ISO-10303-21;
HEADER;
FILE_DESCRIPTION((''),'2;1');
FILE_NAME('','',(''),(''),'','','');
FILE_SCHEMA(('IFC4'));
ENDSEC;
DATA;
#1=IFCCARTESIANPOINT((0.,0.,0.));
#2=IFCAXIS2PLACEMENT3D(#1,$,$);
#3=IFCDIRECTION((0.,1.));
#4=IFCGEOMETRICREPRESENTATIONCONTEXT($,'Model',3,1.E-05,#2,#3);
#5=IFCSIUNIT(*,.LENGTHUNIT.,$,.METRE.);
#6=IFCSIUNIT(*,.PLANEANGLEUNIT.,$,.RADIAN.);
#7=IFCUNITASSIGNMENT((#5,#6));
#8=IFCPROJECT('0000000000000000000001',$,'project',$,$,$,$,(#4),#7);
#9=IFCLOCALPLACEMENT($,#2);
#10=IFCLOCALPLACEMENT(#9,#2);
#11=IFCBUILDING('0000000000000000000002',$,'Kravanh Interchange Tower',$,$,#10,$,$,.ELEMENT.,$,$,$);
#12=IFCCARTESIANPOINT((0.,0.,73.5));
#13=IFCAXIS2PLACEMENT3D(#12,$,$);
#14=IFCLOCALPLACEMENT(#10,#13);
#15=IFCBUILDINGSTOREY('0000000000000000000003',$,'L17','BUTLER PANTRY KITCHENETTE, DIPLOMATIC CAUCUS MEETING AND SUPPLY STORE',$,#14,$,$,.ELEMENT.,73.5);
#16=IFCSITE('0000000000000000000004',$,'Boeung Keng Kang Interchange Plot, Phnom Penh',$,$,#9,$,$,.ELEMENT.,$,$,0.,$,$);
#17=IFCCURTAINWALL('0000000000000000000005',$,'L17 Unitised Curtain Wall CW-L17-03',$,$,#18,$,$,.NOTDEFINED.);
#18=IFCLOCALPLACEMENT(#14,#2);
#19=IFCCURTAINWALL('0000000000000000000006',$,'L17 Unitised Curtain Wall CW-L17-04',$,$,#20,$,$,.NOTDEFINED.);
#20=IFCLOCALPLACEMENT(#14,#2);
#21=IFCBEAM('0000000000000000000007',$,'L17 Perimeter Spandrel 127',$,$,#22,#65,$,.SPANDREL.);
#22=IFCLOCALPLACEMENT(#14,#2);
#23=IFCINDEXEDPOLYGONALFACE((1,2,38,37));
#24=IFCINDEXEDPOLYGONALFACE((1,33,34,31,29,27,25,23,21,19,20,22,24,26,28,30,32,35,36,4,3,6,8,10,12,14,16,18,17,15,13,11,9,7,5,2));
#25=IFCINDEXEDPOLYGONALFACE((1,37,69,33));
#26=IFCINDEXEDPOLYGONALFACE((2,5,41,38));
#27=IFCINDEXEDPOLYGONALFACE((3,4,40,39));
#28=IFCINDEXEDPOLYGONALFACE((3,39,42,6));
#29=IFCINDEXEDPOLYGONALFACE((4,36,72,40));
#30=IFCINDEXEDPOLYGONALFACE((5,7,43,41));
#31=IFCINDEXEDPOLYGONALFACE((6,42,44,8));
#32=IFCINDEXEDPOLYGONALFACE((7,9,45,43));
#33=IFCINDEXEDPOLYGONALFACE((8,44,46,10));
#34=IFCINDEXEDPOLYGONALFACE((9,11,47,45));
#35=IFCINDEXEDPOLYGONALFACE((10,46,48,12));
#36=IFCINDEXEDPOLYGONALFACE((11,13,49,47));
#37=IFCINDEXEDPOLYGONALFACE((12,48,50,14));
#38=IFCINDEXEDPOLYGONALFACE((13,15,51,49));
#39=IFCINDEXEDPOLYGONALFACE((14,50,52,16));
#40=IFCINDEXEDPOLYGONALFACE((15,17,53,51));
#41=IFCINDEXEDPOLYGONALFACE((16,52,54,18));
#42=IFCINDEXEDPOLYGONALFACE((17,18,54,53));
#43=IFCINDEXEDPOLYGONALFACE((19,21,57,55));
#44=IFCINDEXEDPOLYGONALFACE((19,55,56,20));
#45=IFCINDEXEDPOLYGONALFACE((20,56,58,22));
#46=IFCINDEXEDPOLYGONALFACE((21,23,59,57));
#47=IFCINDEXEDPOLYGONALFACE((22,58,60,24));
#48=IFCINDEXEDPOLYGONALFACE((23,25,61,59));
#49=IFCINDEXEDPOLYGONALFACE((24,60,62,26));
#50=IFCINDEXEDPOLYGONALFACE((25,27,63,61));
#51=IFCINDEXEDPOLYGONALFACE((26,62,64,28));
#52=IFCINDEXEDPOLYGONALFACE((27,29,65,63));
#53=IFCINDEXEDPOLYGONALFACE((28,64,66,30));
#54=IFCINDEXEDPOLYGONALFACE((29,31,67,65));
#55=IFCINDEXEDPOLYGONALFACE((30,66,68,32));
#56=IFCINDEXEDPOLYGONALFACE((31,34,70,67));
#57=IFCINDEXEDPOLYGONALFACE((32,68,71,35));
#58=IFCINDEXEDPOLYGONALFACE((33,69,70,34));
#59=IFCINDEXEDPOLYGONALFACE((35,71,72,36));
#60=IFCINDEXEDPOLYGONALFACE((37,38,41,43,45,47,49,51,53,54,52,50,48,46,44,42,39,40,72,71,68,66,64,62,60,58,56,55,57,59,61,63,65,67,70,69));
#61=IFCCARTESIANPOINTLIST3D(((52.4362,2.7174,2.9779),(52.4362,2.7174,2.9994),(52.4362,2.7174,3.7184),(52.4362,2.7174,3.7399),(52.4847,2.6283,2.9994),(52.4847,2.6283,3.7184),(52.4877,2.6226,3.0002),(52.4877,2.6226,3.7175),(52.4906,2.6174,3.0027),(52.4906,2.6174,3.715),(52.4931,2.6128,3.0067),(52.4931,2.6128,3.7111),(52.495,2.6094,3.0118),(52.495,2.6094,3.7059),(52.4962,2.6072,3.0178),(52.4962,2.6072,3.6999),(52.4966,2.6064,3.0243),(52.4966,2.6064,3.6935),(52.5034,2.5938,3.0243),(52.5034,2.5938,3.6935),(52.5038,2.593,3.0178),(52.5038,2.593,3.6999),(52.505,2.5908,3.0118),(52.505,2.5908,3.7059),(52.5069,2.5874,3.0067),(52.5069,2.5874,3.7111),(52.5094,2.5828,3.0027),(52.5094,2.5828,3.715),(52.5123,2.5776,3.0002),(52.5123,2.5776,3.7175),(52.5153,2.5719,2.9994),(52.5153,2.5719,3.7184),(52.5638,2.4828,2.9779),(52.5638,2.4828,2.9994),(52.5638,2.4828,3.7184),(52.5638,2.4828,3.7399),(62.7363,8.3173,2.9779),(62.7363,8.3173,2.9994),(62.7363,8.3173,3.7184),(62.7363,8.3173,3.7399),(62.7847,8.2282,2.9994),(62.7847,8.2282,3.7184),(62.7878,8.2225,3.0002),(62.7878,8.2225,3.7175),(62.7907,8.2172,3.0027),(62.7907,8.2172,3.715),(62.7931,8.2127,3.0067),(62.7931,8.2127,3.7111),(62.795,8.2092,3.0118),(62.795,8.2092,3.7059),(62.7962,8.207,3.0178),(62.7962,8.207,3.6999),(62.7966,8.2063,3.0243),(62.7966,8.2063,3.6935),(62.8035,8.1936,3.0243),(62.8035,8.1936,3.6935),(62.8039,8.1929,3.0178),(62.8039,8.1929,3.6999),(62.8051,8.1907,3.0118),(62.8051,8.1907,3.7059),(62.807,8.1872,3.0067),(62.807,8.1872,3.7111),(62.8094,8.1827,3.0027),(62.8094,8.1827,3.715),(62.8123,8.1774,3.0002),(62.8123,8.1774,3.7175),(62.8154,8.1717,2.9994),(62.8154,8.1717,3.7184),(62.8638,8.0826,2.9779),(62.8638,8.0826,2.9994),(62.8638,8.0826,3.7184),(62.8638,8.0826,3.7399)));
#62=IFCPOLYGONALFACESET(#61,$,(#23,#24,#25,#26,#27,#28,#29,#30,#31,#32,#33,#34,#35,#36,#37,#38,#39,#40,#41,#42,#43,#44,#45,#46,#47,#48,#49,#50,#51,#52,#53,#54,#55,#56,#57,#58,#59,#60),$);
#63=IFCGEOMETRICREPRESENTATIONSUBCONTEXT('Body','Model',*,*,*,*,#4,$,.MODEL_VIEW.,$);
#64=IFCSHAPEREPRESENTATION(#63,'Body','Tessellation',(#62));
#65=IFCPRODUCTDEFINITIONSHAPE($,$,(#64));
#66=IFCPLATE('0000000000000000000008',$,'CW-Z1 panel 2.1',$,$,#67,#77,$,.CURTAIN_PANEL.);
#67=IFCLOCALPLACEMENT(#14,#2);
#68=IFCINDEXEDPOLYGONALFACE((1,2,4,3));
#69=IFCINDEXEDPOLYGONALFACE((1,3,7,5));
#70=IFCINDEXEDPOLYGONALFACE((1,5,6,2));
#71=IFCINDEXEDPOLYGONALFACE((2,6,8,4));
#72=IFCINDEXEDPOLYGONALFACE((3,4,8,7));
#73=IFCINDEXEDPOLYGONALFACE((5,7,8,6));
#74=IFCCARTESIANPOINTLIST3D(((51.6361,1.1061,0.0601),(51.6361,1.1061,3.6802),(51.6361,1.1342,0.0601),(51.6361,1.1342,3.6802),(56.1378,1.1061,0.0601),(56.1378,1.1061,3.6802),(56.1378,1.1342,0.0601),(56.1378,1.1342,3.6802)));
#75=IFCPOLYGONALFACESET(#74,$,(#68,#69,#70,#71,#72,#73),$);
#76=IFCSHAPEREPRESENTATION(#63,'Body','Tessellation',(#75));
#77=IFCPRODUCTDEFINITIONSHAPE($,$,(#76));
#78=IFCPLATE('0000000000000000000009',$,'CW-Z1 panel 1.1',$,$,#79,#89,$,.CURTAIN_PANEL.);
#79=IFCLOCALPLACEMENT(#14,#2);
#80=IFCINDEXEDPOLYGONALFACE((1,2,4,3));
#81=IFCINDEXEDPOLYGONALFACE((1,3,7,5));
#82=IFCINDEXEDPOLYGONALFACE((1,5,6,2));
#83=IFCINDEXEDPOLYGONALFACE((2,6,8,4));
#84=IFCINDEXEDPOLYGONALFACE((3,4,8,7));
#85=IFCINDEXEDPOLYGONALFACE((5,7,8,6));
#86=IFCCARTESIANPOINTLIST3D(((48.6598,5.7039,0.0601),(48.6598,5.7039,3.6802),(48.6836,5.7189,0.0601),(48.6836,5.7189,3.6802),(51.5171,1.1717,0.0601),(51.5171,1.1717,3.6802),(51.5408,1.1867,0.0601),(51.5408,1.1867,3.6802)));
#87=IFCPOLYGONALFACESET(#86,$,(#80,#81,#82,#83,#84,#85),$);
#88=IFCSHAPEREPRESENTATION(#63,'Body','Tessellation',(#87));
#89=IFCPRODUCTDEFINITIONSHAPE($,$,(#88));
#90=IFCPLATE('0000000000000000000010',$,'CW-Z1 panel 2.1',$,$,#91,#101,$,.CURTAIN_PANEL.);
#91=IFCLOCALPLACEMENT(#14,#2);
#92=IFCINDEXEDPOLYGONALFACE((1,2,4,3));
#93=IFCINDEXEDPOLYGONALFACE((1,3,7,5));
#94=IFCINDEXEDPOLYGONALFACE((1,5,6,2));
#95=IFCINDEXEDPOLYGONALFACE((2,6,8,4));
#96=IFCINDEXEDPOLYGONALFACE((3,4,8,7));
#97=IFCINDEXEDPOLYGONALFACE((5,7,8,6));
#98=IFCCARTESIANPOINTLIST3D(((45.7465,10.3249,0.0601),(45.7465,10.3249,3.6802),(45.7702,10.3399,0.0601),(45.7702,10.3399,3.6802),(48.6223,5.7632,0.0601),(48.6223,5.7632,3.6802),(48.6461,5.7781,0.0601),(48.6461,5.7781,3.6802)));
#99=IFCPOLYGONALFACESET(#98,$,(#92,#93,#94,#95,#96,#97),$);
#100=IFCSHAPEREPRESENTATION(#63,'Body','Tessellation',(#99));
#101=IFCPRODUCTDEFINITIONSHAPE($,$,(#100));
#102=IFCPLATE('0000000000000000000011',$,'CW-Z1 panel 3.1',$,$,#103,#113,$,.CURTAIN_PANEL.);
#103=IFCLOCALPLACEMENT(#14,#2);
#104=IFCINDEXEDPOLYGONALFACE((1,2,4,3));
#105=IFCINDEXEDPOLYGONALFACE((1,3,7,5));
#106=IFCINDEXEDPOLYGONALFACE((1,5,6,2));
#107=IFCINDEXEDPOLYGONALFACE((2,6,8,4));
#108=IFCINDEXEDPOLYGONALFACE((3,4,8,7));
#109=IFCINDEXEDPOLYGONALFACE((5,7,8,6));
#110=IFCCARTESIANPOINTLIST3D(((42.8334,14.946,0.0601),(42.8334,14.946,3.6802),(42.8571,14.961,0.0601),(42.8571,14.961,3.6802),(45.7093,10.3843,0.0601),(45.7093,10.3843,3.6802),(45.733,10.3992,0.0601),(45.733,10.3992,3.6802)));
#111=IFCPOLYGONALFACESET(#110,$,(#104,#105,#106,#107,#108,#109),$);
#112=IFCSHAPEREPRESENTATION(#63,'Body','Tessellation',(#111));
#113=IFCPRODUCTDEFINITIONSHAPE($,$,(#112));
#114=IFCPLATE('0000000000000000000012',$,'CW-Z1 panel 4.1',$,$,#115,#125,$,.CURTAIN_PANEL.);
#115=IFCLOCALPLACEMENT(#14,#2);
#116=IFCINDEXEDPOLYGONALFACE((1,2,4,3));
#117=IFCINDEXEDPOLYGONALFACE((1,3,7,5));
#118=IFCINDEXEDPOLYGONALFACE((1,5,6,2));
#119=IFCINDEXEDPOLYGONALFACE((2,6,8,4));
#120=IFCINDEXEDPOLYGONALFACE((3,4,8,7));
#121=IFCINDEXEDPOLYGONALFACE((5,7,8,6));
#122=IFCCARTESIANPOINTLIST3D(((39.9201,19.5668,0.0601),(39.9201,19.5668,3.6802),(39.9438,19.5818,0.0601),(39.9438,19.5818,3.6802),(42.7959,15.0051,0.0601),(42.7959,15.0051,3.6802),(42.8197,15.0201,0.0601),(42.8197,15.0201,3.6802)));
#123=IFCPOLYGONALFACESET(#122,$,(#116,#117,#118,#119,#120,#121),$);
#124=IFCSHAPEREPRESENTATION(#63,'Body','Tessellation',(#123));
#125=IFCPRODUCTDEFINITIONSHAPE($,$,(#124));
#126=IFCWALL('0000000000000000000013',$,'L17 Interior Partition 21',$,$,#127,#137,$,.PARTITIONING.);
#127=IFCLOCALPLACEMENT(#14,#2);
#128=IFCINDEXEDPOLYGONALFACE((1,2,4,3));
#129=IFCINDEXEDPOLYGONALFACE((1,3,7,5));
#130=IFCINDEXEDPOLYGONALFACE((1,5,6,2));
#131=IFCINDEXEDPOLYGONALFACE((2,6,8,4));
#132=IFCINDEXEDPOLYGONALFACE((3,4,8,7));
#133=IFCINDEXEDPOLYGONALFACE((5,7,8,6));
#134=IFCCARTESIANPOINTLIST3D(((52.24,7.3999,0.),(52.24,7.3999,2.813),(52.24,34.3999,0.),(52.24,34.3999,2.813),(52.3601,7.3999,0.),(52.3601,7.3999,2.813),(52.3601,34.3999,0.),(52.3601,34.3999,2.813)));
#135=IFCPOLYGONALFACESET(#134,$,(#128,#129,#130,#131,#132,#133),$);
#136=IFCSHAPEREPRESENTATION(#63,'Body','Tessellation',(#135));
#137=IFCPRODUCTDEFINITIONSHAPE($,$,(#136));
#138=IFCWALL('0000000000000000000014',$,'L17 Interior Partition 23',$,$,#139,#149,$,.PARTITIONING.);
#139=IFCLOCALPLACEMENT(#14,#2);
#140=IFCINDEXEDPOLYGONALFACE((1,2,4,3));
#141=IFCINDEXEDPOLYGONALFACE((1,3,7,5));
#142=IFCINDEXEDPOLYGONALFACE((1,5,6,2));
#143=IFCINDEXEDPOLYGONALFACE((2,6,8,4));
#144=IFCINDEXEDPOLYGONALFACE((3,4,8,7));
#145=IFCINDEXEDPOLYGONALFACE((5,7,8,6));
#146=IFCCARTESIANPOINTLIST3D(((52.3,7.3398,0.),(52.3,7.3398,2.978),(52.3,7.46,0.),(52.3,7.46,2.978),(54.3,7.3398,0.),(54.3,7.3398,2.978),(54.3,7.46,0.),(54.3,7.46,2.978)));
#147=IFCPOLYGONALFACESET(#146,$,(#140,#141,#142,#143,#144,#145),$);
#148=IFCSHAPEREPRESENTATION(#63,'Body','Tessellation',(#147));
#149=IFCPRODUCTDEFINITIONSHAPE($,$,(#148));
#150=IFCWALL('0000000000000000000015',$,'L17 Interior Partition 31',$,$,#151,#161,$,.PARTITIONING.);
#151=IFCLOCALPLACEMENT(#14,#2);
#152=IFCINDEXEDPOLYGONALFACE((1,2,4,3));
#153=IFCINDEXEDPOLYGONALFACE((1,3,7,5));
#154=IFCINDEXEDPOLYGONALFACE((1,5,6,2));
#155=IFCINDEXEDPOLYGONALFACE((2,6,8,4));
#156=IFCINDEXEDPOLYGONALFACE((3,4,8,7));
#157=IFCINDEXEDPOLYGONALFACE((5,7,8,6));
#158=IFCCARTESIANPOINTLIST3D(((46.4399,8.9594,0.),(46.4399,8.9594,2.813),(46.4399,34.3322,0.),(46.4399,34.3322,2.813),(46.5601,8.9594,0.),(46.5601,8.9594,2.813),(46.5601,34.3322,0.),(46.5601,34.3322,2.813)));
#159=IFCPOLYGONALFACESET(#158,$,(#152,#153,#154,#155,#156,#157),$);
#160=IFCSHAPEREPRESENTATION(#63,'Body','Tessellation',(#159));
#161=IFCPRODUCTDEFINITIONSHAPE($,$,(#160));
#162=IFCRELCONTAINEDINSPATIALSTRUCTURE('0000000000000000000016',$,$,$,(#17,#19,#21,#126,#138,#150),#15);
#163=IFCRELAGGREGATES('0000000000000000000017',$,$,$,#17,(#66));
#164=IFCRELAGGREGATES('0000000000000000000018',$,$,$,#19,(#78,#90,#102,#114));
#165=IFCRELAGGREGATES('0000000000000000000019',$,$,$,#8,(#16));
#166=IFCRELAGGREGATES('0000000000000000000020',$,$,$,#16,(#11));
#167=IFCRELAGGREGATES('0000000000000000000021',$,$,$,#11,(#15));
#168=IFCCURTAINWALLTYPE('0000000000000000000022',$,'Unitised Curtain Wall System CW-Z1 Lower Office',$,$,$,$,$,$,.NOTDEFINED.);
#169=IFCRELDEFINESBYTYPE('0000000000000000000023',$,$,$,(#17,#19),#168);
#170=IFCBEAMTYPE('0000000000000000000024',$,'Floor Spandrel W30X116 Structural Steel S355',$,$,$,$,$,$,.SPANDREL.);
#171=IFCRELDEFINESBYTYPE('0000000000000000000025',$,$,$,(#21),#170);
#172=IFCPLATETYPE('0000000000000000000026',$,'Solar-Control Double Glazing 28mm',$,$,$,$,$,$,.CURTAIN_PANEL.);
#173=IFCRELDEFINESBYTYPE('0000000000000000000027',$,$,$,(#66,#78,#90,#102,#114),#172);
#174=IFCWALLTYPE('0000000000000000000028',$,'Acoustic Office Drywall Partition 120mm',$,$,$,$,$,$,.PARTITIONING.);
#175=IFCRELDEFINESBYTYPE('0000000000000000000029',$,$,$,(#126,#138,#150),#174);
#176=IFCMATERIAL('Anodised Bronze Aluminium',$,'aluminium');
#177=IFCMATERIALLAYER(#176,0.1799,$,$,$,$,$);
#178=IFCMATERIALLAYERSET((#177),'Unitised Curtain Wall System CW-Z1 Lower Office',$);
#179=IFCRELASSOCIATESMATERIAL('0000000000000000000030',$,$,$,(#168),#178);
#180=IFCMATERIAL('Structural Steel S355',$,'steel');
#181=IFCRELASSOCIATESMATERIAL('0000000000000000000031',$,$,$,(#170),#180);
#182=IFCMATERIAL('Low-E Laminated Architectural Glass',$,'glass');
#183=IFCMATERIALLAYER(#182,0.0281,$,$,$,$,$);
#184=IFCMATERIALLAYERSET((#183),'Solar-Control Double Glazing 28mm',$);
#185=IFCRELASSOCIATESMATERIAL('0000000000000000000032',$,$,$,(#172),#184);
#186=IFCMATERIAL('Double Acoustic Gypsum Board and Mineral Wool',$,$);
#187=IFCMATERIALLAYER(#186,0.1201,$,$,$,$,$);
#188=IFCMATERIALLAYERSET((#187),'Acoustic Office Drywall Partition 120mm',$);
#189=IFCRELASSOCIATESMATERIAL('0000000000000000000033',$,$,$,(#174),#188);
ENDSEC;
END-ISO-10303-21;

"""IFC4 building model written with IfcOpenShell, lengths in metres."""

from ifc_helpers import new_model, si_unit, direction, frame, frame_2d, origin, origin_2d, place, context, subcontext, project, spatial, rectangle, i_section, extrude, material, layer, layer_set, material_profile, profile_set, type_object, element, aggregate, save


model = new_model("IFC4")

# Units and contexts
model_context = context("Model", 3, precision=1e-05, world=origin(), true_north=direction((0.0, 1.0)))
body_context = subcontext(model_context, "Body", "Model", "MODEL_VIEW")
ifc_project = project(units=[si_unit("LENGTHUNIT", "METRE"), si_unit("PLANEANGLEUNIT", "RADIAN")], contexts=[model_context])

# Site, building, storey
site_placement = place(None, origin())
site = spatial("IfcSite", under=ifc_project, at=site_placement, Name="Boeung Keng Kang Interchange Plot, Phnom Penh", CompositionType="ELEMENT", RefElevation=0.0)
building_placement = place(site_placement, origin())
building = spatial("IfcBuilding", under=site, at=building_placement, Name="Kravanh Interchange Tower", CompositionType="ELEMENT")
storey_placement = place(building_placement, frame((0.0, 0.0, 73.5)))
storey = spatial("IfcBuildingStorey", under=building, at=storey_placement, Name="L17", Description="BUTLER PANTRY KITCHENETTE, DIPLOMATIC CAUCUS MEETING AND SUPPLY STORE", CompositionType="ELEMENT", Elevation=73.5)

# Curtain wall
ifc_material_1 = material(Name="Anodised Bronze Aluminium", Category="aluminium")
ifc_layer_1 = layer(ifc_material_1, 0.1799)
ifc_layer_set_1 = layer_set([ifc_layer_1], Name="Unitised Curtain Wall System CW-Z1 Lower Office")
curtain_wall_type = type_object("IfcCurtainWallType", Name="Unitised Curtain Wall System CW-Z1 Lower Office", PredefinedType="NOTDEFINED", material=ifc_layer_set_1)
curtain_wall_1_placement = place(storey_placement, origin())
curtain_wall_1 = element("IfcCurtainWall", 1, at=curtain_wall_1_placement, inside=storey, type_object=curtain_wall_type, Name="L17 Unitised Curtain Wall CW-L17-03", PredefinedType="NOTDEFINED")

# Curtain wall
curtain_wall_2_placement = place(storey_placement, origin())
curtain_wall_2 = element("IfcCurtainWall", 2, at=curtain_wall_2_placement, inside=storey, type_object=curtain_wall_type, Name="L17 Unitised Curtain Wall CW-L17-04", PredefinedType="NOTDEFINED")

# Beam
ifc_material_2 = material(Name="Structural Steel S355", Category="steel")
ifc_material_profile_1 = material_profile(ifc_material_2, i_section(OverallWidth=0.2671, OverallDepth=0.762, WebThickness=0.0144, FlangeThickness=0.0215, FilletRadius=0.0249, at=origin_2d()), Name="W30X116")
ifc_profile_set_1 = profile_set([ifc_material_profile_1], Name="Structural Steel S355")
beam_type = type_object("IfcBeamType", Name="Floor Spandrel W30X116 Structural Steel S355", PredefinedType="SPANDREL", material=ifc_profile_set_1)
beam_1_placement = place(storey_placement, frame((52.5, 2.6001, 3.3589), z_axis=(0.878553, 0.477645, 0.0), x_axis=(-0.477645, 0.878553, 0.0)))
element("IfcBeam", 3, at=beam_1_placement, inside=storey, type_object=beam_type, Name="L17 Perimeter Spandrel 127", PredefinedType="SPANDREL", context=body_context, shape_type="SweptSolid", body=[
    extrude(i_section(OverallWidth=0.2671, OverallDepth=0.762, WebThickness=0.0144, FlangeThickness=0.0215, FilletRadius=0.0249, at=origin_2d()), origin(), (0.0, 0.0, 1.0), 11.7239),
])

# Plates
ifc_material_3 = material(Name="Low-E Laminated Architectural Glass", Category="glass")
ifc_layer_2 = layer(ifc_material_3, 0.0281)
ifc_layer_set_2 = layer_set([ifc_layer_2], Name="Solar-Control Double Glazing 28mm")
plate_type = type_object("IfcPlateType", Name="Solar-Control Double Glazing 28mm", PredefinedType="CURTAIN_PANEL", material=ifc_layer_set_2)
plate_1_placement = place(storey_placement, frame((53.887, 1.1201, 0.0601), z_axis=(0.0, 0.0, 1.0), x_axis=(-1.0, 0.0, 0.0)))
plate_1 = element("IfcPlate", 4, at=plate_1_placement, type_object=plate_type, Name="CW-Z1 panel 2.1", PredefinedType="CURTAIN_PANEL", context=body_context, shape_type="SweptSolid", body=[
    extrude(rectangle(XDim=4.5017, YDim=0.0281, at=origin_2d()), origin(), (0.0, 0.0, 1.0), 3.6201),
])
aggregate(curtain_wall_1, [plate_1])
plate_2_placement = place(storey_placement, frame((50.1003, 3.4453, 0.0601), z_axis=(0.0, 0.0, 1.0), x_axis=(-0.533301, 0.845926, 0.0)))
plate_2 = element("IfcPlate", 5, at=plate_2_placement, type_object=plate_type, Name="CW-Z1 panel 1.1", PredefinedType="CURTAIN_PANEL", context=body_context, shape_type="SweptSolid", body=[
    extrude(rectangle(XDim=5.3577, YDim=0.0281, at=origin_2d()), origin(), (0.0, 0.0, 1.0), 3.6201),
])
plate_3_placement = place(storey_placement, frame((47.1963, 8.0515, 0.0601), z_axis=(0.0, 0.0, 1.0), x_axis=(-0.533301, 0.845926, 0.0)))
plate_3 = element("IfcPlate", 6, at=plate_3_placement, type_object=plate_type, Name="CW-Z1 panel 2.1", PredefinedType="CURTAIN_PANEL", context=body_context, shape_type="SweptSolid", body=[
    extrude(rectangle(XDim=5.3926, YDim=0.0281, at=origin_2d()), origin(), (0.0, 0.0, 1.0), 3.6201),
])
plate_4_placement = place(storey_placement, frame((44.2832, 12.6726, 0.0601), z_axis=(0.0, 0.0, 1.0), x_axis=(-0.533301, 0.845926, 0.0)))
plate_4 = element("IfcPlate", 7, at=plate_4_placement, type_object=plate_type, Name="CW-Z1 panel 3.1", PredefinedType="CURTAIN_PANEL", context=body_context, shape_type="SweptSolid", body=[
    extrude(rectangle(XDim=5.3926, YDim=0.0281, at=origin_2d()), origin(), (0.0, 0.0, 1.0), 3.6201),
])
plate_5_placement = place(storey_placement, frame((41.3699, 17.2935, 0.0601), z_axis=(0.0, 0.0, 1.0), x_axis=(-0.533301, 0.845926, 0.0)))
plate_5 = element("IfcPlate", 8, at=plate_5_placement, type_object=plate_type, Name="CW-Z1 panel 4.1", PredefinedType="CURTAIN_PANEL", context=body_context, shape_type="SweptSolid", body=[
    extrude(rectangle(XDim=5.3926, YDim=0.0281, at=origin_2d()), origin(), (0.0, 0.0, 1.0), 3.6201),
])
aggregate(curtain_wall_2, [plate_2, plate_3, plate_4, plate_5])

# Walls
ifc_material_4 = material(Name="Double Acoustic Gypsum Board and Mineral Wool")
ifc_layer_3 = layer(ifc_material_4, 0.1201)
ifc_layer_set_3 = layer_set([ifc_layer_3], Name="Acoustic Office Drywall Partition 120mm")
wall_type = type_object("IfcWallType", Name="Acoustic Office Drywall Partition 120mm", PredefinedType="PARTITIONING", material=ifc_layer_set_3)
wall_1_placement = place(storey_placement, frame((52.3, 7.3999, 0.0), z_axis=(0.0, 0.0, 1.0), x_axis=(0.0, 1.0, 0.0)))
element("IfcWall", 9, at=wall_1_placement, inside=storey, type_object=wall_type, Name="L17 Interior Partition 21", PredefinedType="PARTITIONING", context=body_context, shape_type="SweptSolid", body=[
    extrude(rectangle(XDim=27.0, YDim=0.1201, at=frame_2d((13.5, 0.0))), origin(), (0.0, 0.0, 1.0), 2.813),
])
wall_2_placement = place(storey_placement, frame((52.3, 7.3999, 0.0), z_axis=(0.0, 0.0, 1.0), x_axis=(1.0, 0.0, 0.0)))
element("IfcWall", 10, at=wall_2_placement, inside=storey, type_object=wall_type, Name="L17 Interior Partition 23", PredefinedType="PARTITIONING", context=body_context, shape_type="SweptSolid", body=[
    extrude(rectangle(XDim=2.0, YDim=0.1201, at=frame_2d((1.0, 0.0))), origin(), (0.0, 0.0, 1.0), 2.978),
])
wall_3_placement = place(storey_placement, frame((46.5, 8.9592, 0.0), z_axis=(0.0, 0.0, 1.0), x_axis=(0.0, 1.0, 0.0)))
element("IfcWall", 11, at=wall_3_placement, inside=storey, type_object=wall_type, Name="L17 Interior Partition 31", PredefinedType="PARTITIONING", context=body_context, shape_type="SweptSolid", body=[
    extrude(rectangle(XDim=25.3728, YDim=0.1201, at=frame_2d((12.6865, 0.0))), origin(), (0.0, 0.0, 1.0), 2.813),
])

save(model, "model.ifc")
